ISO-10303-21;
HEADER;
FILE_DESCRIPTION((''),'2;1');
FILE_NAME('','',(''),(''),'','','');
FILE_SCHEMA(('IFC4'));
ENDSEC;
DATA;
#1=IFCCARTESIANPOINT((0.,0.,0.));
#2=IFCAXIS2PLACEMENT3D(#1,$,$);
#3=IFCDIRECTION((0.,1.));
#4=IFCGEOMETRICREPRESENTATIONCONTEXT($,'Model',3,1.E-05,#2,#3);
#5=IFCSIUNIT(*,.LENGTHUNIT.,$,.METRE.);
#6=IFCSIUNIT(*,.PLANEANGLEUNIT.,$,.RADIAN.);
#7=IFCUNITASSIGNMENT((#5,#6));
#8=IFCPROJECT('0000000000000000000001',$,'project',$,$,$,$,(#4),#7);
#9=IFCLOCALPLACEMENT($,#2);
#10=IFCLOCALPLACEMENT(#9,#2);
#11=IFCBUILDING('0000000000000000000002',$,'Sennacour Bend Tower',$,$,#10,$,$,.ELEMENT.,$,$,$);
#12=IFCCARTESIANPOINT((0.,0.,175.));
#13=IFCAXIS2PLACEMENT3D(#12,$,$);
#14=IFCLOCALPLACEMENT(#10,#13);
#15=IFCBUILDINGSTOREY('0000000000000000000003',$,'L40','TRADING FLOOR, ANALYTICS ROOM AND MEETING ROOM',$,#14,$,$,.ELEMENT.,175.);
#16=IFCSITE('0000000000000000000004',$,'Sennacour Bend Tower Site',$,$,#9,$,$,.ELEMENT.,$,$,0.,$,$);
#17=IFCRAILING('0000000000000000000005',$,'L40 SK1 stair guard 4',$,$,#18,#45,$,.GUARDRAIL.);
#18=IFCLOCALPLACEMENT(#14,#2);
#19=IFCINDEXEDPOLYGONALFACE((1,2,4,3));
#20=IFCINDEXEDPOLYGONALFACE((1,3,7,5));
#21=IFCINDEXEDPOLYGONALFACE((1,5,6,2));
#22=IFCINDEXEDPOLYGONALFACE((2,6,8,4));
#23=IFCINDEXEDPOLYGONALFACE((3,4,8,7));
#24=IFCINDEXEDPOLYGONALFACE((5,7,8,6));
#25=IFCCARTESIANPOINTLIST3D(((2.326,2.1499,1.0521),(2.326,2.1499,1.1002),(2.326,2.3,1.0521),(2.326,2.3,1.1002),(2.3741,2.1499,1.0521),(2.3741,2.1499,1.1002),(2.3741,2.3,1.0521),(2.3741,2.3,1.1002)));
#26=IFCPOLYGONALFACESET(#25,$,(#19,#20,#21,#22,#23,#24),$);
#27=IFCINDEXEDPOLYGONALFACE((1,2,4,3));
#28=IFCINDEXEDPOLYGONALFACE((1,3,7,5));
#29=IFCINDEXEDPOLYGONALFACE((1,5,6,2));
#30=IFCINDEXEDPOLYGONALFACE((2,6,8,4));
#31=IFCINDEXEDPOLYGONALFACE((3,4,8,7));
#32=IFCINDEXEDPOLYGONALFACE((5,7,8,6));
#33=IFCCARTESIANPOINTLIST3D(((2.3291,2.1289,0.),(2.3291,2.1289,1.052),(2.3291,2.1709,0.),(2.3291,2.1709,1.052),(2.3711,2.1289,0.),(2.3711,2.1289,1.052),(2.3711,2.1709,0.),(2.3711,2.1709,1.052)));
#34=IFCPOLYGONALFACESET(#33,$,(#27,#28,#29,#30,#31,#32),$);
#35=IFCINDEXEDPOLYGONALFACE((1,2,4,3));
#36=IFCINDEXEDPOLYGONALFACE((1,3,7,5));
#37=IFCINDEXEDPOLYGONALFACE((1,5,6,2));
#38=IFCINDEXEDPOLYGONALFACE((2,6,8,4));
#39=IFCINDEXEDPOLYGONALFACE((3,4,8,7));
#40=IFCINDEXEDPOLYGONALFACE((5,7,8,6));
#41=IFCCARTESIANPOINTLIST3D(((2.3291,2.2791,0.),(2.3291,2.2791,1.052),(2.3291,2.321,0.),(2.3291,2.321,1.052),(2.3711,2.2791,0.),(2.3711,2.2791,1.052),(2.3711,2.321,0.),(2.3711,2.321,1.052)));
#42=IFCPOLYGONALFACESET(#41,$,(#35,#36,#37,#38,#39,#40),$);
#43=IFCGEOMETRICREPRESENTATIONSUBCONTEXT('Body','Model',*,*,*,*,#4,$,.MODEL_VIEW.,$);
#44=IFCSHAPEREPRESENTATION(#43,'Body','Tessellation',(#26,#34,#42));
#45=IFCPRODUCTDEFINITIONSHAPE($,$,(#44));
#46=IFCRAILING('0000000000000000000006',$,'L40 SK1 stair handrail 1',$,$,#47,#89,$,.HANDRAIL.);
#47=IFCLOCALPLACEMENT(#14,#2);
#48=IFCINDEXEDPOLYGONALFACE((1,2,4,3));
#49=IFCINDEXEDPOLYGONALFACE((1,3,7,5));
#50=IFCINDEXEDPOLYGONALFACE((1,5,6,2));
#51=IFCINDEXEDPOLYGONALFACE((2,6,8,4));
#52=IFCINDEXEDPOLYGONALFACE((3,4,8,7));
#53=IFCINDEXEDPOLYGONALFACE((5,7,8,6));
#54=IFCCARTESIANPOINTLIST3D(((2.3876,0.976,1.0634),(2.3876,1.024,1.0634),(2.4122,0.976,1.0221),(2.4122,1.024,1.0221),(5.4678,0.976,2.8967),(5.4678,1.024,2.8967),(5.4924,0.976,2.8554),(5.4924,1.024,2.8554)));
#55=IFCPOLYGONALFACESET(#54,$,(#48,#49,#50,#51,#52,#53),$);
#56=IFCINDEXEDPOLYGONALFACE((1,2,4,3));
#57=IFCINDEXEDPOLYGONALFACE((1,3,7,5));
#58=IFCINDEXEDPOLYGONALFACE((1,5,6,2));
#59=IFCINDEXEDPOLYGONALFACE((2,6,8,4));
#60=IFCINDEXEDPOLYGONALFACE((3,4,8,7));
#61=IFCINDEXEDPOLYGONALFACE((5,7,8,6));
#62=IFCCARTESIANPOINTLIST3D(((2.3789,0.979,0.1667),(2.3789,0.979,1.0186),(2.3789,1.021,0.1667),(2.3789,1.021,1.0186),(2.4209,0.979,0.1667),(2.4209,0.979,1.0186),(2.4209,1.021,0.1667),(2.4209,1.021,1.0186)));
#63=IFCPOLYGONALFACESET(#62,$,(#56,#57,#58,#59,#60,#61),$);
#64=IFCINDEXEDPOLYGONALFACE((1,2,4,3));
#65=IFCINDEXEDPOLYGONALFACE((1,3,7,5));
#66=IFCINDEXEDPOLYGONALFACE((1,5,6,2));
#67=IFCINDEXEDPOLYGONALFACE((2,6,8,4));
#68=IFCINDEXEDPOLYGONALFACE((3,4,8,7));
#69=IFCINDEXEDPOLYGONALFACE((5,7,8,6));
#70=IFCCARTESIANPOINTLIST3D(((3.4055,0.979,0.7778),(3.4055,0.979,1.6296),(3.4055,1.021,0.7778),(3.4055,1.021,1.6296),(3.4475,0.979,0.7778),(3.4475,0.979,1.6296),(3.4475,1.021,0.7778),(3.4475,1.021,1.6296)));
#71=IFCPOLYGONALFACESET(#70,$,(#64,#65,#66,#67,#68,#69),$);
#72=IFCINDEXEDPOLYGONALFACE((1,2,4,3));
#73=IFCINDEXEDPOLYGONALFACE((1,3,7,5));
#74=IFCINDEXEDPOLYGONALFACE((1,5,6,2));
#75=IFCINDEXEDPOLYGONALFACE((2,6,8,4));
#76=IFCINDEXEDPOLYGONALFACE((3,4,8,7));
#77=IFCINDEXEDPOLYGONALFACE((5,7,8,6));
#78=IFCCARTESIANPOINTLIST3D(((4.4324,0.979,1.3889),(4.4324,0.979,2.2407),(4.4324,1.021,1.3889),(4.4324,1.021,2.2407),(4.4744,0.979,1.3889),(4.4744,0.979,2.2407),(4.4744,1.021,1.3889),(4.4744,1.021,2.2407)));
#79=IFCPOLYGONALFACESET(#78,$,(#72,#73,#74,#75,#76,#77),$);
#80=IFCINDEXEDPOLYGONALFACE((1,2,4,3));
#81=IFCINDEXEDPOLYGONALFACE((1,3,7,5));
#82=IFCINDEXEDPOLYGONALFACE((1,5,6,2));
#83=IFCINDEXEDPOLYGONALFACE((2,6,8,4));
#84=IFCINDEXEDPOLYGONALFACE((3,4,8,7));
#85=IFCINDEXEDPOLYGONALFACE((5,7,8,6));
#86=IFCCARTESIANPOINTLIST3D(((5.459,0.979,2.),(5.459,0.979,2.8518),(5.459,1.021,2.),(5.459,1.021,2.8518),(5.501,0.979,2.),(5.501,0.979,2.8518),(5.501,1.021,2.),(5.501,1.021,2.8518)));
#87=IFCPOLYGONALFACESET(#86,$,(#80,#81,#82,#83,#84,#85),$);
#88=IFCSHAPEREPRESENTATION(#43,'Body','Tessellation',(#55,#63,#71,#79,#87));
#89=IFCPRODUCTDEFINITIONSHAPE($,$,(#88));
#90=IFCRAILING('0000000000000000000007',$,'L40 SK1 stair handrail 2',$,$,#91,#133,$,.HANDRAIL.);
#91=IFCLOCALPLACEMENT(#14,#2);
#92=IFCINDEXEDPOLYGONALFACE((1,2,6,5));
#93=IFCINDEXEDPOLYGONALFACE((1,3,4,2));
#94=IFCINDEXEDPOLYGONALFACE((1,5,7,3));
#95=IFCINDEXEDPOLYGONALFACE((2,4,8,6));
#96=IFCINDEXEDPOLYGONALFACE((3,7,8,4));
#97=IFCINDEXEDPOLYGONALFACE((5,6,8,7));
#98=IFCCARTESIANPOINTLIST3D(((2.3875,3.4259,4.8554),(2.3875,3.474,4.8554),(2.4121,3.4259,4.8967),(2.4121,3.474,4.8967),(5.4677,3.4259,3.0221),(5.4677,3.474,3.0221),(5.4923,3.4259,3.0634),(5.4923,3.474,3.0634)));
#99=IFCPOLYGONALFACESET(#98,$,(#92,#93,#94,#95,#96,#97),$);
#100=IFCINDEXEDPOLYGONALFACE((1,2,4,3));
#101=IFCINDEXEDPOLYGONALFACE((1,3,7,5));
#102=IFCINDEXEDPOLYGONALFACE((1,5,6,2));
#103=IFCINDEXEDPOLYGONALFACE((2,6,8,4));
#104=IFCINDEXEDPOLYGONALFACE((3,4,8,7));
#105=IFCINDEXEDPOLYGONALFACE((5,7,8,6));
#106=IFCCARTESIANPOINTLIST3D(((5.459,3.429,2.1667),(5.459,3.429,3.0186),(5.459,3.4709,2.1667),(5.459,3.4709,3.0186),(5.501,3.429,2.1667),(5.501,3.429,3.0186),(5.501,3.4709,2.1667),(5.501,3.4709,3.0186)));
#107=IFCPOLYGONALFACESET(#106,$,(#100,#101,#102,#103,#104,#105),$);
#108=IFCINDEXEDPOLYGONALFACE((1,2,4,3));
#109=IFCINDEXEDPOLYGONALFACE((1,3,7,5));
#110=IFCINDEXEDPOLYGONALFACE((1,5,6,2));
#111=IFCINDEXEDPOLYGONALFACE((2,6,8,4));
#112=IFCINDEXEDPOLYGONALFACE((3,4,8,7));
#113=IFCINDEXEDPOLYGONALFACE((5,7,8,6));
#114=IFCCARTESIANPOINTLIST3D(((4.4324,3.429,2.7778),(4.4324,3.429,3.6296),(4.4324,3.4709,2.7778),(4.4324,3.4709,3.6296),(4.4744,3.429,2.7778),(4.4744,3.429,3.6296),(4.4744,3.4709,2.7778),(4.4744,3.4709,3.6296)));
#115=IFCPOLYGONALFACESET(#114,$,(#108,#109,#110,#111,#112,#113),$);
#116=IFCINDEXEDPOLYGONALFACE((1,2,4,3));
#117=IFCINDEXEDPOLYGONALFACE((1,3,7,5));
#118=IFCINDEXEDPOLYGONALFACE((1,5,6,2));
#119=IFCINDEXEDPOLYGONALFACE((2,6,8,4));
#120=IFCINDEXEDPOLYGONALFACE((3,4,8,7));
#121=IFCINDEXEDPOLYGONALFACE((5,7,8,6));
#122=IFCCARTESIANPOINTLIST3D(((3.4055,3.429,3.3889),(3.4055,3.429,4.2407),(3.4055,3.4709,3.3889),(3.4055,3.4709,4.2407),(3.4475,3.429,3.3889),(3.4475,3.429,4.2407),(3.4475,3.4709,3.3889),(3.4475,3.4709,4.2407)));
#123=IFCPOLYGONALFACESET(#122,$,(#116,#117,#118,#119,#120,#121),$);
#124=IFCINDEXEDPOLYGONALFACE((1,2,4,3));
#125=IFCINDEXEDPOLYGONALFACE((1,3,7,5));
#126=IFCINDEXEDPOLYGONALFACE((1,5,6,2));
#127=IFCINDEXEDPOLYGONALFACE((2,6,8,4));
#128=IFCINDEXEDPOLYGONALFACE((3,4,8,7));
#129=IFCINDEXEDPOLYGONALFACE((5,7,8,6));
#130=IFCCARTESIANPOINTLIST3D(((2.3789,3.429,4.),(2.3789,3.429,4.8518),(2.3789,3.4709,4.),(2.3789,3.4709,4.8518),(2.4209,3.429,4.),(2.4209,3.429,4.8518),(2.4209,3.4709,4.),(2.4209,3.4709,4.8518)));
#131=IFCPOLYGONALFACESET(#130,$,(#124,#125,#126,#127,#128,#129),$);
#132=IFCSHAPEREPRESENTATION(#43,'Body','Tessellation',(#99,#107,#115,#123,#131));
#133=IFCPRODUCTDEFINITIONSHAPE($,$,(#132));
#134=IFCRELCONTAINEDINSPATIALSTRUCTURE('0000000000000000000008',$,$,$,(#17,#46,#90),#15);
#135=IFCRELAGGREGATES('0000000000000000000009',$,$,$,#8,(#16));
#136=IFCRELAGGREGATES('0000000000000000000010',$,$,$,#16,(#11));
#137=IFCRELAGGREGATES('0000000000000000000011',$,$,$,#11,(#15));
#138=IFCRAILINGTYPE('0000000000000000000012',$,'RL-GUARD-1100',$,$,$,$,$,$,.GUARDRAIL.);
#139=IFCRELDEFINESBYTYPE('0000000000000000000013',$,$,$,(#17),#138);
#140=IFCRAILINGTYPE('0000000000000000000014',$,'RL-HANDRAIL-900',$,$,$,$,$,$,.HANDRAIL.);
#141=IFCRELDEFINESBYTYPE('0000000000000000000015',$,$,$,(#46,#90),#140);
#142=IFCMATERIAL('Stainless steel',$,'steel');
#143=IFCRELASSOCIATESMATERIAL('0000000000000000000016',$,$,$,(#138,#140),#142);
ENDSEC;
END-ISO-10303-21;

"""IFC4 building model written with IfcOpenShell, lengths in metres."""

from ifc_helpers import new_model, si_unit, direction, frame, origin, origin_2d, place, context, subcontext, project, spatial, rectangle, extrude, material, type_object, element, save


model = new_model("IFC4")

# Units and contexts
model_context = context("Model", 3, precision=1e-05, world=origin(), true_north=direction((0.0, 1.0)))
body_context = subcontext(model_context, "Body", "Model", "MODEL_VIEW")
ifc_project = project(units=[si_unit("LENGTHUNIT", "METRE"), si_unit("PLANEANGLEUNIT", "RADIAN")], contexts=[model_context])

# Site, building, storey
site_placement = place(None, origin())
site = spatial("IfcSite", under=ifc_project, at=site_placement, Name="Sennacour Bend Tower Site", CompositionType="ELEMENT", RefElevation=0.0)
building_placement = place(site_placement, origin())
building = spatial("IfcBuilding", under=site, at=building_placement, Name="Sennacour Bend Tower", CompositionType="ELEMENT")
storey_placement = place(building_placement, frame((0.0, 0.0, 175.0)))
storey = spatial("IfcBuildingStorey", under=building, at=storey_placement, Name="L40", Description="TRADING FLOOR, ANALYTICS ROOM AND MEETING ROOM", CompositionType="ELEMENT", Elevation=175.0)

# Railings
ifc_material_1 = material(Name="Stainless steel", Category="steel")
railing_type_1 = type_object("IfcRailingType", Name="RL-GUARD-1100", PredefinedType="GUARDRAIL", material=ifc_material_1)
railing_1_placement = place(storey_placement, frame((2.3501, 2.1499, 0.0)))
element("IfcRailing", 1, at=railing_1_placement, inside=storey, type_object=railing_type_1, Name="L40 SK1 stair guard 4", PredefinedType="GUARDRAIL", context=body_context, shape_type="SweptSolid", body=[
    extrude(rectangle(XDim=0.0481, YDim=0.0481, at=origin_2d()), frame((0.0, 0.0, 1.0762), z_axis=(0.0, 1.0, 0.0), x_axis=(-1.0, 0.0, 0.0)), (0.0, 0.0, 1.0), 0.1501),
    extrude(rectangle(XDim=0.042, YDim=0.042, at=origin_2d()), origin(), (0.0, 0.0, 1.0), 1.052),
    extrude(rectangle(XDim=0.042, YDim=0.042, at=origin_2d()), frame((0.0, 0.1501, 0.0)), (0.0, 0.0, 1.0), 1.052),
])
railing_type_2 = type_object("IfcRailingType", Name="RL-HANDRAIL-900", PredefinedType="HANDRAIL", material=ifc_material_1)
railing_2_placement = place(storey_placement, frame((2.3999, 1.0, 0.1667)))
element("IfcRailing", 2, at=railing_2_placement, inside=storey, type_object=railing_type_2, Name="L40 SK1 stair handrail 1", PredefinedType="HANDRAIL", context=body_context, shape_type="SweptSolid", body=[
    extrude(rectangle(XDim=0.0481, YDim=0.0481, at=origin_2d()), frame((0.0, 0.0, 0.876), z_axis=(0.859309, 0.0, 0.511458), x_axis=(0.0, 1.0, 0.0)), (0.0, 0.0, 1.0), 3.5845),
    extrude(rectangle(XDim=0.042, YDim=0.042, at=origin_2d()), origin(), (0.0, 0.0, 1.0), 0.8518),
    extrude(rectangle(XDim=0.042, YDim=0.042, at=origin_2d()), frame((1.0266, 0.0, 0.6111)), (0.0, 0.0, 1.0), 0.8518),
    extrude(rectangle(XDim=0.042, YDim=0.042, at=origin_2d()), frame((2.0535, 0.0, 1.2222)), (0.0, 0.0, 1.0), 0.8518),
    extrude(rectangle(XDim=0.042, YDim=0.042, at=origin_2d()), frame((3.0801, 0.0, 1.8333)), (0.0, 0.0, 1.0), 0.8518),
])
railing_3_placement = place(storey_placement, frame((5.48, 3.45, 2.1667)))
element("IfcRailing", 3, at=railing_3_placement, inside=storey, type_object=railing_type_2, Name="L40 SK1 stair handrail 2", PredefinedType="HANDRAIL", context=body_context, shape_type="SweptSolid", body=[
    extrude(rectangle(XDim=0.0481, YDim=0.0481, at=origin_2d()), frame((0.0, 0.0, 0.876), z_axis=(-0.859309, 0.0, 0.511458), x_axis=(0.0, -1.0, 0.0)), (0.0, 0.0, 1.0), 3.5845),
    extrude(rectangle(XDim=0.042, YDim=0.042, at=origin_2d()), origin(), (0.0, 0.0, 1.0), 0.8518),
    extrude(rectangle(XDim=0.042, YDim=0.042, at=origin_2d()), frame((-1.0266, 0.0, 0.6111)), (0.0, 0.0, 1.0), 0.8518),
    extrude(rectangle(XDim=0.042, YDim=0.042, at=origin_2d()), frame((-2.0535, 0.0, 1.2222)), (0.0, 0.0, 1.0), 0.8518),
    extrude(rectangle(XDim=0.042, YDim=0.042, at=origin_2d()), frame((-3.0801, 0.0, 1.8333)), (0.0, 0.0, 1.0), 0.8518),
])

save(model, "model.ifc")
